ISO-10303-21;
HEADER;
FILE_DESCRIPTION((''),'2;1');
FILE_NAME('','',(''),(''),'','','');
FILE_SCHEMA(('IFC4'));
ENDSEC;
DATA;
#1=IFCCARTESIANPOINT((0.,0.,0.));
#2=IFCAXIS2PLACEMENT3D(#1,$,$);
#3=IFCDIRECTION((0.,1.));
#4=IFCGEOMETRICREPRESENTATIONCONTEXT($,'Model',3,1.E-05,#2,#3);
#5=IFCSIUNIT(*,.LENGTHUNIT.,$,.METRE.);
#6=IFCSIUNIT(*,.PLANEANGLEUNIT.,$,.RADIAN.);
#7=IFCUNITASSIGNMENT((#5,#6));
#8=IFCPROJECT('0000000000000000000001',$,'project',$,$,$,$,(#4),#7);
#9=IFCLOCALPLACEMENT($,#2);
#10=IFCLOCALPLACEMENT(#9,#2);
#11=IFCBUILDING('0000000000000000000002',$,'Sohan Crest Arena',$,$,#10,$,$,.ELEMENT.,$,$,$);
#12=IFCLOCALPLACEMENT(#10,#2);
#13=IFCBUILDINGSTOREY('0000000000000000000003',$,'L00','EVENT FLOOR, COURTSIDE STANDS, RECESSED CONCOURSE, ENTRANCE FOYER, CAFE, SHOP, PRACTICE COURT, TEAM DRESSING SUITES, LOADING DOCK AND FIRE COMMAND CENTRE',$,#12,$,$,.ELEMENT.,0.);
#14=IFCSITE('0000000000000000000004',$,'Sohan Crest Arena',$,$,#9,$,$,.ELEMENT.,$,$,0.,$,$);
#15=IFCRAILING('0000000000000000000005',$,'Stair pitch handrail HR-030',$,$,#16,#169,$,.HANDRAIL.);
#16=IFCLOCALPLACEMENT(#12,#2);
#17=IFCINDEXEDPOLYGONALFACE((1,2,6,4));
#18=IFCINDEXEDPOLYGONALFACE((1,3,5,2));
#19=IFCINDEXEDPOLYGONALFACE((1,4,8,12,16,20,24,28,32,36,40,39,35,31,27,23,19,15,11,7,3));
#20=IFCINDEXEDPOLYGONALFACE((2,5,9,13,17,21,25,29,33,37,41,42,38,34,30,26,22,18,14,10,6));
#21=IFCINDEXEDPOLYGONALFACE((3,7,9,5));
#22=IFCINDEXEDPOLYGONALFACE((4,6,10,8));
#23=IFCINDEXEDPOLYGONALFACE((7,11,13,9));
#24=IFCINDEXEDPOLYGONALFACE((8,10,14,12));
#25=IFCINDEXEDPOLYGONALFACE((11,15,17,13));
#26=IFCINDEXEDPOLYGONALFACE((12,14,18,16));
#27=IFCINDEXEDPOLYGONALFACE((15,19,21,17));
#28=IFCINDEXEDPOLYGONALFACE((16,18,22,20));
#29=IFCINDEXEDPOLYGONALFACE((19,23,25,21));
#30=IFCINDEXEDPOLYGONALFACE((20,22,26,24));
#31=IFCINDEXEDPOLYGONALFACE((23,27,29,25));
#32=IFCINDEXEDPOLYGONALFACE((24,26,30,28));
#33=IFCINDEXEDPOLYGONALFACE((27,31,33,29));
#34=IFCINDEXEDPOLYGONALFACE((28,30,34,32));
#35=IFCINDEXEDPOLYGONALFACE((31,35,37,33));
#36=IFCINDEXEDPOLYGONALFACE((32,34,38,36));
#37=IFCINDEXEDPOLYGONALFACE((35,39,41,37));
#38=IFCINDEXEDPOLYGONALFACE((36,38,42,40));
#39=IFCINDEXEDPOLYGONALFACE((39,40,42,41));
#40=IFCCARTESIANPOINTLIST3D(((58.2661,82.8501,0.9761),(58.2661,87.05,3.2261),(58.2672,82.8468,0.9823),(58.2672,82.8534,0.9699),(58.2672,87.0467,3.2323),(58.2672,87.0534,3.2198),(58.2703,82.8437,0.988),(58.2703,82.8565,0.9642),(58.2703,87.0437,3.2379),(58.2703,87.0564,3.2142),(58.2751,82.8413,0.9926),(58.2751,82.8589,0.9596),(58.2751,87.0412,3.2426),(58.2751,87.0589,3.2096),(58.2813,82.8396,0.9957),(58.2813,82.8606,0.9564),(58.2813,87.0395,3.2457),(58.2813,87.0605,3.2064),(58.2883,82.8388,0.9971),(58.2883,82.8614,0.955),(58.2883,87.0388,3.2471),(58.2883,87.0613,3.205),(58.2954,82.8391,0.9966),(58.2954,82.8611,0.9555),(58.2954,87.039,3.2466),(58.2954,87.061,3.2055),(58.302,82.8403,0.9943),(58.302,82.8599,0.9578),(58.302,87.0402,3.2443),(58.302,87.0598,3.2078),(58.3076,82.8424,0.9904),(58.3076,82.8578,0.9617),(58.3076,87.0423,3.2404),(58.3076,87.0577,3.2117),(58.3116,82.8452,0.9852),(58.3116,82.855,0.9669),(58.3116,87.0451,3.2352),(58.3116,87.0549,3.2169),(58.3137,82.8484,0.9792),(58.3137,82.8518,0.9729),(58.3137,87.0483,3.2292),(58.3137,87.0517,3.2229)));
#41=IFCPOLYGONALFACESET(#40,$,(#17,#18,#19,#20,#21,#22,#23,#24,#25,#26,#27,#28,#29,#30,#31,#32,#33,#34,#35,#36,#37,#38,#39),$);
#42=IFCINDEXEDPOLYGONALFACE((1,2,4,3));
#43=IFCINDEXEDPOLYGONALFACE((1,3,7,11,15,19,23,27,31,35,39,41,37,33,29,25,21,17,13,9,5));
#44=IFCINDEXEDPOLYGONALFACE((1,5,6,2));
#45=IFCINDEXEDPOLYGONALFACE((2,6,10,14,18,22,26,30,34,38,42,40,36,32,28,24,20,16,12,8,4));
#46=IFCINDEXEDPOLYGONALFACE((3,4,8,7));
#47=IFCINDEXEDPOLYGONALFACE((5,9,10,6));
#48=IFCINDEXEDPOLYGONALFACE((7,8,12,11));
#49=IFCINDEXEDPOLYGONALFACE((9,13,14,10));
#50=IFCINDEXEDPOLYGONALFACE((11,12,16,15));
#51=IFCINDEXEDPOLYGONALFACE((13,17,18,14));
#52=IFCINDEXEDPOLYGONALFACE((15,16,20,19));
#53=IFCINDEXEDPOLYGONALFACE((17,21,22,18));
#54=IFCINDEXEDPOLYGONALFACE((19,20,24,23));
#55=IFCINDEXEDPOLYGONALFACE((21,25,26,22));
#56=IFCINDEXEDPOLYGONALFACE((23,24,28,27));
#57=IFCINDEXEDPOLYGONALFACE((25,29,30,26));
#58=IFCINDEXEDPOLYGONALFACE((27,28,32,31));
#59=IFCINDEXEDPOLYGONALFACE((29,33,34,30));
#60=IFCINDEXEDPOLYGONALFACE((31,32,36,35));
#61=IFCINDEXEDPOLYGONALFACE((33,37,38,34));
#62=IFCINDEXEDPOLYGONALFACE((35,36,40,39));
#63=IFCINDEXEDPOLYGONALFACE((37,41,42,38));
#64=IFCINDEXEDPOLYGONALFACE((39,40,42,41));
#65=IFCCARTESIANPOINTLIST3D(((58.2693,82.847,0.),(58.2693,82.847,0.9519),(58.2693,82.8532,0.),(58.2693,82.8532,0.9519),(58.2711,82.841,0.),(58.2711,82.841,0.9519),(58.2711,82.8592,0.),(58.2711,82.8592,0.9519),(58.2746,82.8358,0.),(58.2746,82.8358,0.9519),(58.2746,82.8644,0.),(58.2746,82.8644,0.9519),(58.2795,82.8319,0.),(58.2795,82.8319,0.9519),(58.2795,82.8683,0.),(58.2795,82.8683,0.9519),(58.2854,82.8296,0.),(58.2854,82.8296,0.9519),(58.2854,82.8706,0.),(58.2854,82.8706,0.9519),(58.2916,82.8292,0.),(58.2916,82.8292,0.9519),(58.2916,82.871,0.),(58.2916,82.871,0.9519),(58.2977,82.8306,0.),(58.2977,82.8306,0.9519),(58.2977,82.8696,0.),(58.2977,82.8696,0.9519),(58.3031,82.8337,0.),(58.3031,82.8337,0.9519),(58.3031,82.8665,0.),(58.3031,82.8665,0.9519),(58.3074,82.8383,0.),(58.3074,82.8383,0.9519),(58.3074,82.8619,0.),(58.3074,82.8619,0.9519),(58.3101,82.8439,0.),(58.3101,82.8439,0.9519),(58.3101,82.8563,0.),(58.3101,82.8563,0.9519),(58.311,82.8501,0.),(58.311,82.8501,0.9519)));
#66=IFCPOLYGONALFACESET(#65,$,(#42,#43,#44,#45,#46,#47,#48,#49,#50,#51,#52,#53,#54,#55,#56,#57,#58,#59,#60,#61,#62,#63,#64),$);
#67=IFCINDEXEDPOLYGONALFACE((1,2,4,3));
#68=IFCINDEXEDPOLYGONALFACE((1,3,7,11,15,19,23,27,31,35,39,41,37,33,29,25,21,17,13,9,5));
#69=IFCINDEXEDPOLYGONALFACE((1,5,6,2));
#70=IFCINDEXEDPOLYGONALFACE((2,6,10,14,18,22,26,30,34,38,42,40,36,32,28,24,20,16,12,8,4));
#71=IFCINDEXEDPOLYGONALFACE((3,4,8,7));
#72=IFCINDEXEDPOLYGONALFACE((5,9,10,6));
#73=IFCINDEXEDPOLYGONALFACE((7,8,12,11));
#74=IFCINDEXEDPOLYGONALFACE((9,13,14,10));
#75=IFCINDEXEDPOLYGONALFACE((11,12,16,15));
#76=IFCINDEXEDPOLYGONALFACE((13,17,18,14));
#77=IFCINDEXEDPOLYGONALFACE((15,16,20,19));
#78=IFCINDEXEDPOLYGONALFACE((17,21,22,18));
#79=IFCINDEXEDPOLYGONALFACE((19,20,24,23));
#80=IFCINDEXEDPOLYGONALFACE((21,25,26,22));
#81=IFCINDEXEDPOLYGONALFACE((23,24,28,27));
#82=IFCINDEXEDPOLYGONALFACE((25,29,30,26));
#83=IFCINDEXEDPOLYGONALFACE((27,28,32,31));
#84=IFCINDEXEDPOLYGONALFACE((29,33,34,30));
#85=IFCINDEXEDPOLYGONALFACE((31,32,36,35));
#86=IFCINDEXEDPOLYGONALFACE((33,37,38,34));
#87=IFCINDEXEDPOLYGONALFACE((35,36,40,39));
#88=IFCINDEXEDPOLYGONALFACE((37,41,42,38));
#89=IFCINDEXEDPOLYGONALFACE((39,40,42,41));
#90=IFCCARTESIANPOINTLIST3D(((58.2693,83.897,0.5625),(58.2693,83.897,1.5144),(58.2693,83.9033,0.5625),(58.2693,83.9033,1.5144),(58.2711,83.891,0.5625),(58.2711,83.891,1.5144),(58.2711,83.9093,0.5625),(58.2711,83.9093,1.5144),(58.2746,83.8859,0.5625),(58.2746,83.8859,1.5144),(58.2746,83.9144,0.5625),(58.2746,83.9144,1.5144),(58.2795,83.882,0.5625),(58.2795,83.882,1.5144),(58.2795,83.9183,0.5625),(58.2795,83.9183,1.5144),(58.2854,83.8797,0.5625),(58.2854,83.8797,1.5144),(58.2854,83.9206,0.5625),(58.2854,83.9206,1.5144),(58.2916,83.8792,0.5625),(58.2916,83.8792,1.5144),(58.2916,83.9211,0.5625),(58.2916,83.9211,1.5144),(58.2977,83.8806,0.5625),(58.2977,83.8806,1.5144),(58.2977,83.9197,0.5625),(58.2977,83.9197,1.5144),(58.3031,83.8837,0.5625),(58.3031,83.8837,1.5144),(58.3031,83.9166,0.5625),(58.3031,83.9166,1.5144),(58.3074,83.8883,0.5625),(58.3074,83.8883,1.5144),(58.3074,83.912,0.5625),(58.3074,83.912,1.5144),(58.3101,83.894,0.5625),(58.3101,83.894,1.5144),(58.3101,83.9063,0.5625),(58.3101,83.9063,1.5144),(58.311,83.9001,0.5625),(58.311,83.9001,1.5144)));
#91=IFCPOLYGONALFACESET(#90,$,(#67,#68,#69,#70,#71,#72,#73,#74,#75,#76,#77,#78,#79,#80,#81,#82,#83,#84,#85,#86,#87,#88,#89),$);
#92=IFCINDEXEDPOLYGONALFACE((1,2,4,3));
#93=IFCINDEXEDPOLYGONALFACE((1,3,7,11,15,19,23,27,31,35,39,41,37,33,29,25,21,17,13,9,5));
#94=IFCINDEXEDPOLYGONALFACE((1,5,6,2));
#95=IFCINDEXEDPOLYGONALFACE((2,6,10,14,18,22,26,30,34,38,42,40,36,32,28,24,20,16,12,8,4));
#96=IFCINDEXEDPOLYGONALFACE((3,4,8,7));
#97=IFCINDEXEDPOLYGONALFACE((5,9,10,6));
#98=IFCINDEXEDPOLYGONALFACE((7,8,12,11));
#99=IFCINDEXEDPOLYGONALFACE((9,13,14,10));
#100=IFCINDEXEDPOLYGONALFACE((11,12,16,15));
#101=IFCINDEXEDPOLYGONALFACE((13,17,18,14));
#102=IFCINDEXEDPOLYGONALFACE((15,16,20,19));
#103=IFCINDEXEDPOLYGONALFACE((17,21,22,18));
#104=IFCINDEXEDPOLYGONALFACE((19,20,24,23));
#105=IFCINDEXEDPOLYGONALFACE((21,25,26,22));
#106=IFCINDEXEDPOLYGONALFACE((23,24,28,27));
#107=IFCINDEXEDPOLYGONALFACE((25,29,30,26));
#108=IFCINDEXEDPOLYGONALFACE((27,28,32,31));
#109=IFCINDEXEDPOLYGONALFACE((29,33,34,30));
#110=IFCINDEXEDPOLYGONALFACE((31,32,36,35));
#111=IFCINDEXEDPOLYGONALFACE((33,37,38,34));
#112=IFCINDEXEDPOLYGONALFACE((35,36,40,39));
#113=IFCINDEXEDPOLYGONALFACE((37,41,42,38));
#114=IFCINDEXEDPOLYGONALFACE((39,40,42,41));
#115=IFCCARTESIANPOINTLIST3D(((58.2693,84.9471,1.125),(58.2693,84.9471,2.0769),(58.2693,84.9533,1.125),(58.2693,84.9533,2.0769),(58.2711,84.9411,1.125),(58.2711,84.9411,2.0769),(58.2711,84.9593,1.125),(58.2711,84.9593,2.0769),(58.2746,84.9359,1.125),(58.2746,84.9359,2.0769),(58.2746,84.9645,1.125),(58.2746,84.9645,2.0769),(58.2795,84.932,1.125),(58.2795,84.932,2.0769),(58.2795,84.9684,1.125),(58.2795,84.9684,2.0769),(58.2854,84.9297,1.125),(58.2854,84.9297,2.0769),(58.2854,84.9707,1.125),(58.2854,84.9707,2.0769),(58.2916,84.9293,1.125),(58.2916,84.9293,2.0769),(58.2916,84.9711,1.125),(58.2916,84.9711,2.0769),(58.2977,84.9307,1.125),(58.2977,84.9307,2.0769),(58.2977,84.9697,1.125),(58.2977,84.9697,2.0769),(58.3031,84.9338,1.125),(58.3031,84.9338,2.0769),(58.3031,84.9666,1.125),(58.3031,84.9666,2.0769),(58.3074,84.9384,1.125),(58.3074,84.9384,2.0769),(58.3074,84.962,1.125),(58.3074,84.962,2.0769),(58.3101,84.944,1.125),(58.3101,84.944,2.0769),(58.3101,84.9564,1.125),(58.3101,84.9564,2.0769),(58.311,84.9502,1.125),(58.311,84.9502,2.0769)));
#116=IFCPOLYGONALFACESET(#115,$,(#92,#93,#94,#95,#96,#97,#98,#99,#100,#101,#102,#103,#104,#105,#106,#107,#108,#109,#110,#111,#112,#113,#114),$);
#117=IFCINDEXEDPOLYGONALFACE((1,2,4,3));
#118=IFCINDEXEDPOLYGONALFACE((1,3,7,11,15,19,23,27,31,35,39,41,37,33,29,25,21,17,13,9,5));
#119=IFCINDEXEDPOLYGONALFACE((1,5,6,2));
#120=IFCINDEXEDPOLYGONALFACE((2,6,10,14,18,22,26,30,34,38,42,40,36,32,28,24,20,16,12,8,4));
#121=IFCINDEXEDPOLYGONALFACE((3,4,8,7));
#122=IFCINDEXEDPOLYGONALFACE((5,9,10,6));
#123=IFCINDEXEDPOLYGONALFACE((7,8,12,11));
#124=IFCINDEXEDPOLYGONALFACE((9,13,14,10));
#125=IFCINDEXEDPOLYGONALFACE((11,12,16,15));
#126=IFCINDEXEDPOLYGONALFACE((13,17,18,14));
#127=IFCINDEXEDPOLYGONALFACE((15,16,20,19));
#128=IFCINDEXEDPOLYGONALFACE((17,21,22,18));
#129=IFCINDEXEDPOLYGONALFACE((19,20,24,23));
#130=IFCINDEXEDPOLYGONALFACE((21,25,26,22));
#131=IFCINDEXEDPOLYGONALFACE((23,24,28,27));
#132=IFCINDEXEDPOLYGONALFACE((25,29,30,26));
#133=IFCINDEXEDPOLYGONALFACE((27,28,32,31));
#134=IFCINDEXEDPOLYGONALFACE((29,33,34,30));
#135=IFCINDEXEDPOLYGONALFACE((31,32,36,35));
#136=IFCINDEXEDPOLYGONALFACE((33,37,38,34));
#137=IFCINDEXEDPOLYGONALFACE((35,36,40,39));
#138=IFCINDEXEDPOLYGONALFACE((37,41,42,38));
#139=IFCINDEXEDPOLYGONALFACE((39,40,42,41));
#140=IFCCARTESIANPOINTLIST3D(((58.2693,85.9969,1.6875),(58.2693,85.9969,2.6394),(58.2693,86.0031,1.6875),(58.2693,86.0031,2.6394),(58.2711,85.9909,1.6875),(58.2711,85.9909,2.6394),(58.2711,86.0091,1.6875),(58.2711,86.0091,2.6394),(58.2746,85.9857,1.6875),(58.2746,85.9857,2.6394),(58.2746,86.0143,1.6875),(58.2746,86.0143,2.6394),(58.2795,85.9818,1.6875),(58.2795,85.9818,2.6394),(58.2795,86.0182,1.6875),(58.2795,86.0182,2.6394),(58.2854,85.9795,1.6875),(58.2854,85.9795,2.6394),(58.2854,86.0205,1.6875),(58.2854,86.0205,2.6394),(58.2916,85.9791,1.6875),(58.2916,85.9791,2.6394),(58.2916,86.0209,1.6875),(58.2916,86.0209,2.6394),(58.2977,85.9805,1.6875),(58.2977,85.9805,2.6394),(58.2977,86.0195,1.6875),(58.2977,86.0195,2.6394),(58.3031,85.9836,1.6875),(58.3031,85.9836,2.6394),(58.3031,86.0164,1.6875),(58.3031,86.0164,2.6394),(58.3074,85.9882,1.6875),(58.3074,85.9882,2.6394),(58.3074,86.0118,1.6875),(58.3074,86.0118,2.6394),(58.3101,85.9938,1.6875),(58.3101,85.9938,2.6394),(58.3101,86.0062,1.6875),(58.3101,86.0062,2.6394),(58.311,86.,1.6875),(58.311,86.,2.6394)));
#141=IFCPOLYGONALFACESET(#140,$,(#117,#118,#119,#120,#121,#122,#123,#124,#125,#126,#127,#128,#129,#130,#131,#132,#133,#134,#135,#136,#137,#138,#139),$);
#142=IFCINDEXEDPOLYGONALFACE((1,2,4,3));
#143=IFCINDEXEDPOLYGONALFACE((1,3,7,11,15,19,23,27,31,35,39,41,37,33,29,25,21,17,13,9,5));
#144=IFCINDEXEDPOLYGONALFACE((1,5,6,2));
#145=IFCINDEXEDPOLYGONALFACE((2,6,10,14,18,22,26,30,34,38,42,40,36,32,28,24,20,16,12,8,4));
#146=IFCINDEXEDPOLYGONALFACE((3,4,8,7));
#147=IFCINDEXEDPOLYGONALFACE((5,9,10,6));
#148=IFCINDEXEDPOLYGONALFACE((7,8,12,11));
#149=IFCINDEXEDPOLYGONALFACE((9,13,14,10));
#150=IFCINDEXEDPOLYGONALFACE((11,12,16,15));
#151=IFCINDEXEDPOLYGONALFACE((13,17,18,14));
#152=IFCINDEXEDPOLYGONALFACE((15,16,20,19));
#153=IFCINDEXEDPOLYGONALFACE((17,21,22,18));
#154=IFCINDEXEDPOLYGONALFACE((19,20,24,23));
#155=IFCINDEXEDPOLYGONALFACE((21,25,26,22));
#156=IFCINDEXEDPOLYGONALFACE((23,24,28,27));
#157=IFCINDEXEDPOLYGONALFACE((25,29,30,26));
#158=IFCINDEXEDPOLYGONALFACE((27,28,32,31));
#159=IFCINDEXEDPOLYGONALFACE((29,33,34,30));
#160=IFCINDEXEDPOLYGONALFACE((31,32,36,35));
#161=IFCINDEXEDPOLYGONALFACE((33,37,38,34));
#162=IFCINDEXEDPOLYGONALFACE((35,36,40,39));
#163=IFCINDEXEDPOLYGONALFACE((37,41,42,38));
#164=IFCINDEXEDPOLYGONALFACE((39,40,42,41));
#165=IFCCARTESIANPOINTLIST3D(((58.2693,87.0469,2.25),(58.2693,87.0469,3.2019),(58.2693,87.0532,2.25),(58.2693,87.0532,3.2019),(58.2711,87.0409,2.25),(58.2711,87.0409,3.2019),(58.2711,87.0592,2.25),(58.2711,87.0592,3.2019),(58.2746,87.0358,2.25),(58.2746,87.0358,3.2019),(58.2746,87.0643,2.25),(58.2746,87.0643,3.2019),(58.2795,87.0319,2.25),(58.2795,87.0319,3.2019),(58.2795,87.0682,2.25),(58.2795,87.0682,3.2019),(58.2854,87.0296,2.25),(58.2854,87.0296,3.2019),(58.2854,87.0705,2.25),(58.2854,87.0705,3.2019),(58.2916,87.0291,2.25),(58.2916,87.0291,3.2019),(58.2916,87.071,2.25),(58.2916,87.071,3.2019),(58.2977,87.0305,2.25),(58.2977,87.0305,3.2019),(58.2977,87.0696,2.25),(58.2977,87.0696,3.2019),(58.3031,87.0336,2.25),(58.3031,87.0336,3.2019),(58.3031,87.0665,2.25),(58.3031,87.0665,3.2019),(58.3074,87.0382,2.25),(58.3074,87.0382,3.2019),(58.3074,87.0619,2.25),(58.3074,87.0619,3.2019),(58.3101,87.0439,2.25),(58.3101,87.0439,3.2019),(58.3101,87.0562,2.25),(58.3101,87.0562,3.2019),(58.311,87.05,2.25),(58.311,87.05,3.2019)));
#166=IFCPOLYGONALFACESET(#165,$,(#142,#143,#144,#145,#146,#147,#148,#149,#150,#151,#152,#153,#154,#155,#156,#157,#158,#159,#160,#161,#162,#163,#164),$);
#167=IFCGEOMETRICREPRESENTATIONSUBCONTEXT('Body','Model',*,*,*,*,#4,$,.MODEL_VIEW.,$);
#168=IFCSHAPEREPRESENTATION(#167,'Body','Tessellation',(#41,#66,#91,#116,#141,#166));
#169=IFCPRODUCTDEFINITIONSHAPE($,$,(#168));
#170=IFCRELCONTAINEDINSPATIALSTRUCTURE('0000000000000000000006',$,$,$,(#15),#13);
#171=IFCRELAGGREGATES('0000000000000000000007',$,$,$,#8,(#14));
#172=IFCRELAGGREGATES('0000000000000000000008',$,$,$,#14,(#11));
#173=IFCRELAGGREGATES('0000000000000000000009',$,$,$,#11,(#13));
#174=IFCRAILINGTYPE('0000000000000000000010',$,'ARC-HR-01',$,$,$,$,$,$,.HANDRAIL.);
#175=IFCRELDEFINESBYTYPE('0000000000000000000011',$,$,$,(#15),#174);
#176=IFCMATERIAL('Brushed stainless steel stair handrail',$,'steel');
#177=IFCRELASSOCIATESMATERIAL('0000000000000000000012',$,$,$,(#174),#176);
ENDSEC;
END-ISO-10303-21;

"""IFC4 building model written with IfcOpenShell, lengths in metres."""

from ifc_helpers import new_model, si_unit, direction, frame, origin, origin_2d, place, context, subcontext, project, spatial, circle, extrude, material, type_object, element, save


model = new_model("IFC4")

# Units and contexts
model_context = context("Model", 3, precision=1e-05, world=origin(), true_north=direction((0.0, 1.0)))
body_context = subcontext(model_context, "Body", "Model", "MODEL_VIEW")
ifc_project = project(units=[si_unit("LENGTHUNIT", "METRE"), si_unit("PLANEANGLEUNIT", "RADIAN")], contexts=[model_context])

# Site, building, storey
site_placement = place(None, origin())
site = spatial("IfcSite", under=ifc_project, at=site_placement, Name="Sohan Crest Arena", CompositionType="ELEMENT", RefElevation=0.0)
building_placement = place(site_placement, origin())
building = spatial("IfcBuilding", under=site, at=building_placement, Name="Sohan Crest Arena", CompositionType="ELEMENT")
storey_placement = place(building_placement, origin())
storey = spatial("IfcBuildingStorey", under=building, at=storey_placement, Name="L00", Description="EVENT FLOOR, COURTSIDE STANDS, RECESSED CONCOURSE, ENTRANCE FOYER, CAFE, SHOP, PRACTICE COURT, TEAM DRESSING SUITES, LOADING DOCK AND FIRE COMMAND CENTRE", CompositionType="ELEMENT", Elevation=0.0)

# Railing
ifc_material_1 = material(Name="Brushed stainless steel stair handrail", Category="steel")
railing_type_1 = type_object("IfcRailingType", Name="ARC-HR-01", PredefinedType="HANDRAIL", material=ifc_material_1)
for number, where, name in (
    (1, (58.29, 82.8501, 0.0), "Stair pitch handrail HR-030"),
):
    element("IfcRailing", number, at=place(storey_placement, frame(where)), inside=storey, type_object=railing_type_1, Name=name, PredefinedType="HANDRAIL", context=body_context, shape_type="SweptSolid", body=[
        extrude(circle(Radius=0.0239, at=origin_2d()), frame((0.0, 0.0, 0.9761), z_axis=(0.0, 0.881478, 0.472226), x_axis=(-1.0, 0.0, 0.0)), (0.0, 0.0, 1.0), 4.7646),
        extrude(circle(Radius=0.021, at=origin_2d()), origin(), (0.0, 0.0, 1.0), 0.9519),
        extrude(circle(Radius=0.021, at=origin_2d()), frame((0.0, 1.05, 0.5625)), (0.0, 0.0, 1.0), 0.9519),
        extrude(circle(Radius=0.021, at=origin_2d()), frame((0.0, 2.1001, 1.125)), (0.0, 0.0, 1.0), 0.9519),
        extrude(circle(Radius=0.021, at=origin_2d()), frame((0.0, 3.1499, 1.6875)), (0.0, 0.0, 1.0), 0.9519),
        extrude(circle(Radius=0.021, at=origin_2d()), frame((0.0, 4.2, 2.25)), (0.0, 0.0, 1.0), 0.9519),
    ])

save(model, "model.ifc")
